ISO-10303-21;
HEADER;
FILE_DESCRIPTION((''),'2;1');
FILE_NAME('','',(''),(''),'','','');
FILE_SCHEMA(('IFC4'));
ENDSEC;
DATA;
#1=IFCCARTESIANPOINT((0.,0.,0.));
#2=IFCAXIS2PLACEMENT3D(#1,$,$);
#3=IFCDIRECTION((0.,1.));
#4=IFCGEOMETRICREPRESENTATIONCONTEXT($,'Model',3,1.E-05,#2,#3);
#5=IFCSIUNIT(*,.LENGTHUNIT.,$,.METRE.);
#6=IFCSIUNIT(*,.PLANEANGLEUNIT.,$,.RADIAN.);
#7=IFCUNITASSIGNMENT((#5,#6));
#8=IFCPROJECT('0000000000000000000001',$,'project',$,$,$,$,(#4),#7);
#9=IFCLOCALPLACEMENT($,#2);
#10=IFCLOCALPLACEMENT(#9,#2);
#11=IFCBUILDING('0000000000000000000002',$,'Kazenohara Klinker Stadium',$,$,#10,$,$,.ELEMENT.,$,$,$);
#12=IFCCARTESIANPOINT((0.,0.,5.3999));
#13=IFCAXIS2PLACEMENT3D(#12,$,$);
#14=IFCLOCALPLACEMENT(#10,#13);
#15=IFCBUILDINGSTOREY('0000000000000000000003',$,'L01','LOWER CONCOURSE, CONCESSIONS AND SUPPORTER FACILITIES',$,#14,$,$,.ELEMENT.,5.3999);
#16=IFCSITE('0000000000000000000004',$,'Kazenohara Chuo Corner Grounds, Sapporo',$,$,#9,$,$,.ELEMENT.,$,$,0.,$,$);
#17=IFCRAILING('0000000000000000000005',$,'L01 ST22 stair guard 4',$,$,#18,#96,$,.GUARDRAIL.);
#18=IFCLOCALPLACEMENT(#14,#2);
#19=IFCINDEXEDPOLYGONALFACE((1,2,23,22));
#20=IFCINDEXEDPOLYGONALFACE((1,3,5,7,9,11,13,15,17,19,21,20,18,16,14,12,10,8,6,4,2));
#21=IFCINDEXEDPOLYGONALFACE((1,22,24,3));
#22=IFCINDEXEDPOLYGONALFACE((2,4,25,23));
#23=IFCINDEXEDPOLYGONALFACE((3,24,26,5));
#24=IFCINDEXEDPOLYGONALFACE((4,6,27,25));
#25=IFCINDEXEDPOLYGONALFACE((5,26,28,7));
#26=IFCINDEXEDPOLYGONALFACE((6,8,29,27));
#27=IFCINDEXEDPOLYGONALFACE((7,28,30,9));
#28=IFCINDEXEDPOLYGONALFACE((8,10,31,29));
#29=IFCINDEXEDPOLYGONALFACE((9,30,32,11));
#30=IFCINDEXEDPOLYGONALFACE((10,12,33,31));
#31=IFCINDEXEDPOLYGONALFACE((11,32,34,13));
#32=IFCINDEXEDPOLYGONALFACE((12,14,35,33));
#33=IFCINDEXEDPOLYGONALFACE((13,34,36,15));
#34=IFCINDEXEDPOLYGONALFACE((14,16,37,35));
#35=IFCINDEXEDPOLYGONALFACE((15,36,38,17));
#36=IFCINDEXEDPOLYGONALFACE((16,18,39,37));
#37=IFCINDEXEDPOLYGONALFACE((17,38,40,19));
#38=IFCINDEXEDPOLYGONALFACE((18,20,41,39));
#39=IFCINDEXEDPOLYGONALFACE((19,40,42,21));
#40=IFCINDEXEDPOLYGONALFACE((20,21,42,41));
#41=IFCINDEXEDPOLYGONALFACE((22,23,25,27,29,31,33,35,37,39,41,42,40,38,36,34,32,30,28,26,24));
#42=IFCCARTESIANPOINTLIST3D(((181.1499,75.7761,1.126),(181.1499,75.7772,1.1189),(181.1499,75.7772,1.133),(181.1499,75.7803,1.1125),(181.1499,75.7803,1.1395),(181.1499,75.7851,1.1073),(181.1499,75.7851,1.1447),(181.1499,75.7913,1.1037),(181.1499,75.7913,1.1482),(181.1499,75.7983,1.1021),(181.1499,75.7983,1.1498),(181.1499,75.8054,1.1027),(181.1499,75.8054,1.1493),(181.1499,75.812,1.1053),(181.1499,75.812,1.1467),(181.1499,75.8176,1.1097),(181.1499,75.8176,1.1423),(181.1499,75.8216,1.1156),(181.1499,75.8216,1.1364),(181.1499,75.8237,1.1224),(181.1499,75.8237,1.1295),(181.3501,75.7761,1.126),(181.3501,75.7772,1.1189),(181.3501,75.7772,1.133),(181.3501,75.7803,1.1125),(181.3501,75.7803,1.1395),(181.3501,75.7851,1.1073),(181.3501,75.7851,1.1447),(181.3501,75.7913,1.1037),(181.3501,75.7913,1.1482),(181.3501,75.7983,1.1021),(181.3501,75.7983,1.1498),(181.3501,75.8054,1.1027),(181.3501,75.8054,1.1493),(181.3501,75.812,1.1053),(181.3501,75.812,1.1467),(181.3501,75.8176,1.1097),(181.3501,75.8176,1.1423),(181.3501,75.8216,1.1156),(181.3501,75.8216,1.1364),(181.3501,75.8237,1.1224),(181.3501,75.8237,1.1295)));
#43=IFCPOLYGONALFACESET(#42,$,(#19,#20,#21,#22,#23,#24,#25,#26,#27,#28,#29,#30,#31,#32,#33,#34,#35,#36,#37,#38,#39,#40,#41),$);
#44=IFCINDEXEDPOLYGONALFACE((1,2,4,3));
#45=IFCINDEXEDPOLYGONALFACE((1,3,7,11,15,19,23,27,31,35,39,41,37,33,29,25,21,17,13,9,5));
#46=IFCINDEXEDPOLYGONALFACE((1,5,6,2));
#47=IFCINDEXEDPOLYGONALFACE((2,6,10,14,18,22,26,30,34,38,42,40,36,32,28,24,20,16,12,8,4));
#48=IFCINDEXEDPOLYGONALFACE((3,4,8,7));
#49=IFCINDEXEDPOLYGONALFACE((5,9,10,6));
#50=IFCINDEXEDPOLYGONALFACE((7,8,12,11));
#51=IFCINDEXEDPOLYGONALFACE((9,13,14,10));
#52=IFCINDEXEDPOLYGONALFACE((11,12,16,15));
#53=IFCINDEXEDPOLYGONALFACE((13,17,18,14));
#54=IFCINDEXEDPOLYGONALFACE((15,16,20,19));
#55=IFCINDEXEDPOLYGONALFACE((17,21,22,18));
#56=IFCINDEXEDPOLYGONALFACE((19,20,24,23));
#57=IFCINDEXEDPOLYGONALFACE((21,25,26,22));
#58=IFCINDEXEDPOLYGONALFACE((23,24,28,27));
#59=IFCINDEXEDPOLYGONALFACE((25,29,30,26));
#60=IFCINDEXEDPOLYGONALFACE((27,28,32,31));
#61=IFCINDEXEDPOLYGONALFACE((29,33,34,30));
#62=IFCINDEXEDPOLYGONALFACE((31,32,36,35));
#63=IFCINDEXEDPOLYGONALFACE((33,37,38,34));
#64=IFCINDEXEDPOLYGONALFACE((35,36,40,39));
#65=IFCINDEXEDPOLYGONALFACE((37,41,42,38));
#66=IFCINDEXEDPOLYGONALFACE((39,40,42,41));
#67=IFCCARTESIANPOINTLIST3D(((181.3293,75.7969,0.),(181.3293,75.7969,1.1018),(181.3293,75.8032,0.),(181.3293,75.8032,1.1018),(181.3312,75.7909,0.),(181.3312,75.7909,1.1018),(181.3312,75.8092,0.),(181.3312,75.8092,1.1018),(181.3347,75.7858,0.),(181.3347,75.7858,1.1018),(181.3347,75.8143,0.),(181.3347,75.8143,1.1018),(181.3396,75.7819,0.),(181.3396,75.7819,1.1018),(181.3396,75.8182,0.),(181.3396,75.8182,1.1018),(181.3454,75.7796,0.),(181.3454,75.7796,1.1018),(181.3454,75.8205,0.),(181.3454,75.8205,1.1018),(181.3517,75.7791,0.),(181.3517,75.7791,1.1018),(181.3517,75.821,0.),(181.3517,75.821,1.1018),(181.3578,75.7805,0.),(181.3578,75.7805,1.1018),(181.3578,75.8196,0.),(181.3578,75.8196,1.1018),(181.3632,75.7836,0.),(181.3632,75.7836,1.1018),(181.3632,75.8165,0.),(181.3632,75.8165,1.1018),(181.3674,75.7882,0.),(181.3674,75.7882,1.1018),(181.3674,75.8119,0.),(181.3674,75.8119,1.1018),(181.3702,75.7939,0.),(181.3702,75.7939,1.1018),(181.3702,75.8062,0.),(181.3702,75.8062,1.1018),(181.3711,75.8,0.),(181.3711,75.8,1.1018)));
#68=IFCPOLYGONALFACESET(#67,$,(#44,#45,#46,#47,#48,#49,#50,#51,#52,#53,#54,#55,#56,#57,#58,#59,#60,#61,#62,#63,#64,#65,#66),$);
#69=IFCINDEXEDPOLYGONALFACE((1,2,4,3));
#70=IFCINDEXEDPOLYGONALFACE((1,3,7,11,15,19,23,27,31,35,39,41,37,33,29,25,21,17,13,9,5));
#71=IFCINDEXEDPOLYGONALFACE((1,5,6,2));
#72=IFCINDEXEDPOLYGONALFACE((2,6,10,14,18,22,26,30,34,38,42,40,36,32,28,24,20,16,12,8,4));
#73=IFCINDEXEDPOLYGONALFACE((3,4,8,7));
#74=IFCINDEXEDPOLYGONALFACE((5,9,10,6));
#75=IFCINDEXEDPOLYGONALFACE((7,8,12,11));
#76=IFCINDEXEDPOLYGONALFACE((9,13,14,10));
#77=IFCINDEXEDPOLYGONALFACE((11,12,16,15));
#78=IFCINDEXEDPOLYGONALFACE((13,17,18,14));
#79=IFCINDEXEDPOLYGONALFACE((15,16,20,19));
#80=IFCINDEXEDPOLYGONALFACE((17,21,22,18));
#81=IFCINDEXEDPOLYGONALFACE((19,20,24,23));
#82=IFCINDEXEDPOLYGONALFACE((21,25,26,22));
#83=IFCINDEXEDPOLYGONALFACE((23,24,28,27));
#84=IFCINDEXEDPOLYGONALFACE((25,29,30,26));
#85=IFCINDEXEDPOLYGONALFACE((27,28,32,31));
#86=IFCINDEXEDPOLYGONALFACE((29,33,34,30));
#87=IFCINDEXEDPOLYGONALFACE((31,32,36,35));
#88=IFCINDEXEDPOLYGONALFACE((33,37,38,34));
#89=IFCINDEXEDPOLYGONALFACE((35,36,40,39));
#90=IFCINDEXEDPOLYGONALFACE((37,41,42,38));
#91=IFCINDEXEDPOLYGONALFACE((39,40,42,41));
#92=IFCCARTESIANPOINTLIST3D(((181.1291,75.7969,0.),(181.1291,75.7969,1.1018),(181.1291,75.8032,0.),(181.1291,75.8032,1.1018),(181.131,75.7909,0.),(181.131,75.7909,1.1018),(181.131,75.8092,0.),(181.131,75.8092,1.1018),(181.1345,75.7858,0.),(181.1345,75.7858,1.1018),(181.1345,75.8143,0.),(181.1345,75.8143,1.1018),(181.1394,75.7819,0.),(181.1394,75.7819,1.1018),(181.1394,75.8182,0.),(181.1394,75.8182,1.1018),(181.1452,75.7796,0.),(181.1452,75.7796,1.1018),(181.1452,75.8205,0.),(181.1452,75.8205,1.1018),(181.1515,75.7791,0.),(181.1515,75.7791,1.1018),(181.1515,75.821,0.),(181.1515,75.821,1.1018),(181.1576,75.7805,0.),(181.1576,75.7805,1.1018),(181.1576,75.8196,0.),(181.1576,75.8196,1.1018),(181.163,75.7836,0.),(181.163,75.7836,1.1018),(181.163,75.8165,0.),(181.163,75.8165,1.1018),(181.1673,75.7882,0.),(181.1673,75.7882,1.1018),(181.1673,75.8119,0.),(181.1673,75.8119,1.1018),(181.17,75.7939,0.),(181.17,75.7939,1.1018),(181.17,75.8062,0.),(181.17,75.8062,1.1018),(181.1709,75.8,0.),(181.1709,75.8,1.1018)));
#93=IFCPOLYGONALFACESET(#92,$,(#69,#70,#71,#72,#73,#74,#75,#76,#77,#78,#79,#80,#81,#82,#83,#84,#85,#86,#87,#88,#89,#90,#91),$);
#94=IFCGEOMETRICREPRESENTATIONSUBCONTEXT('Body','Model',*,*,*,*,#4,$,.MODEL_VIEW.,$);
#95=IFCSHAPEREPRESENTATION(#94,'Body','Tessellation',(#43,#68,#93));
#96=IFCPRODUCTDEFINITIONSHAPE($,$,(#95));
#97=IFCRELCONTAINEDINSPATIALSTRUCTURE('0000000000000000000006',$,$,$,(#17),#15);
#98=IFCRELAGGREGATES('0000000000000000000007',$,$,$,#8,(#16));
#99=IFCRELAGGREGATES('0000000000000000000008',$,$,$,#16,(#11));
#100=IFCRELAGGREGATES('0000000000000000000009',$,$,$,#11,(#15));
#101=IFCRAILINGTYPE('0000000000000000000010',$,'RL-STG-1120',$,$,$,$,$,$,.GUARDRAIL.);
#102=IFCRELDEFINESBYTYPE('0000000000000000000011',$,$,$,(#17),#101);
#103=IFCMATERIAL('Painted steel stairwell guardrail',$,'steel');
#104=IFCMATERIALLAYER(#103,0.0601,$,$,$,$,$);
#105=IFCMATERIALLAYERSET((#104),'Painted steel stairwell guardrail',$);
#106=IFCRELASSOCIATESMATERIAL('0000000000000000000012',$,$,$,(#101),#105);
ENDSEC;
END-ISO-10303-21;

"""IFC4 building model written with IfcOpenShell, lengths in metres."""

from ifc_helpers import new_model, si_unit, direction, frame, origin, origin_2d, place, context, subcontext, project, spatial, circle, extrude, material, layer, layer_set, type_object, element, save


model = new_model("IFC4")

# Units and contexts
model_context = context("Model", 3, precision=1e-05, world=origin(), true_north=direction((0.0, 1.0)))
body_context = subcontext(model_context, "Body", "Model", "MODEL_VIEW")
ifc_project = project(units=[si_unit("LENGTHUNIT", "METRE"), si_unit("PLANEANGLEUNIT", "RADIAN")], contexts=[model_context])

# Site, building, storey
site_placement = place(None, origin())
site = spatial("IfcSite", under=ifc_project, at=site_placement, Name="Kazenohara Chuo Corner Grounds, Sapporo", CompositionType="ELEMENT", RefElevation=0.0)
building_placement = place(site_placement, origin())
building = spatial("IfcBuilding", under=site, at=building_placement, Name="Kazenohara Klinker Stadium", CompositionType="ELEMENT")
storey_placement = place(building_placement, frame((0.0, 0.0, 5.3999)))
storey = spatial("IfcBuildingStorey", under=building, at=storey_placement, Name="L01", Description="LOWER CONCOURSE, CONCESSIONS AND SUPPORTER FACILITIES", CompositionType="ELEMENT", Elevation=5.3999)

# Railing
ifc_material_1 = material(Name="Painted steel stairwell guardrail", Category="steel")
ifc_layer_1 = layer(ifc_material_1, 0.0601)
ifc_layer_set_1 = layer_set([ifc_layer_1], Name="Painted steel stairwell guardrail")
railing_type_1 = type_object("IfcRailingType", Name="RL-STG-1120", PredefinedType="GUARDRAIL", material=ifc_layer_set_1)
railing_1_placement = place(storey_placement, frame((181.3501, 75.8, 0.0)))
element("IfcRailing", 1, at=railing_1_placement, inside=storey, type_object=railing_type_1, Name="L01 ST22 stair guard 4", PredefinedType="GUARDRAIL", context=body_context, shape_type="SweptSolid", body=[
    extrude(circle(Radius=0.0239, at=origin_2d()), frame((0.0, 0.0, 1.126), z_axis=(-1.0, 0.0, 0.0), x_axis=(0.0, -1.0, 0.0)), (0.0, 0.0, 1.0), 0.2002),
    extrude(circle(Radius=0.021, at=origin_2d()), origin(), (0.0, 0.0, 1.0), 1.1018),
    extrude(circle(Radius=0.021, at=origin_2d()), frame((-0.2002, 0.0, 0.0)), (0.0, 0.0, 1.0), 1.1018),
])

save(model, "model.ifc")
